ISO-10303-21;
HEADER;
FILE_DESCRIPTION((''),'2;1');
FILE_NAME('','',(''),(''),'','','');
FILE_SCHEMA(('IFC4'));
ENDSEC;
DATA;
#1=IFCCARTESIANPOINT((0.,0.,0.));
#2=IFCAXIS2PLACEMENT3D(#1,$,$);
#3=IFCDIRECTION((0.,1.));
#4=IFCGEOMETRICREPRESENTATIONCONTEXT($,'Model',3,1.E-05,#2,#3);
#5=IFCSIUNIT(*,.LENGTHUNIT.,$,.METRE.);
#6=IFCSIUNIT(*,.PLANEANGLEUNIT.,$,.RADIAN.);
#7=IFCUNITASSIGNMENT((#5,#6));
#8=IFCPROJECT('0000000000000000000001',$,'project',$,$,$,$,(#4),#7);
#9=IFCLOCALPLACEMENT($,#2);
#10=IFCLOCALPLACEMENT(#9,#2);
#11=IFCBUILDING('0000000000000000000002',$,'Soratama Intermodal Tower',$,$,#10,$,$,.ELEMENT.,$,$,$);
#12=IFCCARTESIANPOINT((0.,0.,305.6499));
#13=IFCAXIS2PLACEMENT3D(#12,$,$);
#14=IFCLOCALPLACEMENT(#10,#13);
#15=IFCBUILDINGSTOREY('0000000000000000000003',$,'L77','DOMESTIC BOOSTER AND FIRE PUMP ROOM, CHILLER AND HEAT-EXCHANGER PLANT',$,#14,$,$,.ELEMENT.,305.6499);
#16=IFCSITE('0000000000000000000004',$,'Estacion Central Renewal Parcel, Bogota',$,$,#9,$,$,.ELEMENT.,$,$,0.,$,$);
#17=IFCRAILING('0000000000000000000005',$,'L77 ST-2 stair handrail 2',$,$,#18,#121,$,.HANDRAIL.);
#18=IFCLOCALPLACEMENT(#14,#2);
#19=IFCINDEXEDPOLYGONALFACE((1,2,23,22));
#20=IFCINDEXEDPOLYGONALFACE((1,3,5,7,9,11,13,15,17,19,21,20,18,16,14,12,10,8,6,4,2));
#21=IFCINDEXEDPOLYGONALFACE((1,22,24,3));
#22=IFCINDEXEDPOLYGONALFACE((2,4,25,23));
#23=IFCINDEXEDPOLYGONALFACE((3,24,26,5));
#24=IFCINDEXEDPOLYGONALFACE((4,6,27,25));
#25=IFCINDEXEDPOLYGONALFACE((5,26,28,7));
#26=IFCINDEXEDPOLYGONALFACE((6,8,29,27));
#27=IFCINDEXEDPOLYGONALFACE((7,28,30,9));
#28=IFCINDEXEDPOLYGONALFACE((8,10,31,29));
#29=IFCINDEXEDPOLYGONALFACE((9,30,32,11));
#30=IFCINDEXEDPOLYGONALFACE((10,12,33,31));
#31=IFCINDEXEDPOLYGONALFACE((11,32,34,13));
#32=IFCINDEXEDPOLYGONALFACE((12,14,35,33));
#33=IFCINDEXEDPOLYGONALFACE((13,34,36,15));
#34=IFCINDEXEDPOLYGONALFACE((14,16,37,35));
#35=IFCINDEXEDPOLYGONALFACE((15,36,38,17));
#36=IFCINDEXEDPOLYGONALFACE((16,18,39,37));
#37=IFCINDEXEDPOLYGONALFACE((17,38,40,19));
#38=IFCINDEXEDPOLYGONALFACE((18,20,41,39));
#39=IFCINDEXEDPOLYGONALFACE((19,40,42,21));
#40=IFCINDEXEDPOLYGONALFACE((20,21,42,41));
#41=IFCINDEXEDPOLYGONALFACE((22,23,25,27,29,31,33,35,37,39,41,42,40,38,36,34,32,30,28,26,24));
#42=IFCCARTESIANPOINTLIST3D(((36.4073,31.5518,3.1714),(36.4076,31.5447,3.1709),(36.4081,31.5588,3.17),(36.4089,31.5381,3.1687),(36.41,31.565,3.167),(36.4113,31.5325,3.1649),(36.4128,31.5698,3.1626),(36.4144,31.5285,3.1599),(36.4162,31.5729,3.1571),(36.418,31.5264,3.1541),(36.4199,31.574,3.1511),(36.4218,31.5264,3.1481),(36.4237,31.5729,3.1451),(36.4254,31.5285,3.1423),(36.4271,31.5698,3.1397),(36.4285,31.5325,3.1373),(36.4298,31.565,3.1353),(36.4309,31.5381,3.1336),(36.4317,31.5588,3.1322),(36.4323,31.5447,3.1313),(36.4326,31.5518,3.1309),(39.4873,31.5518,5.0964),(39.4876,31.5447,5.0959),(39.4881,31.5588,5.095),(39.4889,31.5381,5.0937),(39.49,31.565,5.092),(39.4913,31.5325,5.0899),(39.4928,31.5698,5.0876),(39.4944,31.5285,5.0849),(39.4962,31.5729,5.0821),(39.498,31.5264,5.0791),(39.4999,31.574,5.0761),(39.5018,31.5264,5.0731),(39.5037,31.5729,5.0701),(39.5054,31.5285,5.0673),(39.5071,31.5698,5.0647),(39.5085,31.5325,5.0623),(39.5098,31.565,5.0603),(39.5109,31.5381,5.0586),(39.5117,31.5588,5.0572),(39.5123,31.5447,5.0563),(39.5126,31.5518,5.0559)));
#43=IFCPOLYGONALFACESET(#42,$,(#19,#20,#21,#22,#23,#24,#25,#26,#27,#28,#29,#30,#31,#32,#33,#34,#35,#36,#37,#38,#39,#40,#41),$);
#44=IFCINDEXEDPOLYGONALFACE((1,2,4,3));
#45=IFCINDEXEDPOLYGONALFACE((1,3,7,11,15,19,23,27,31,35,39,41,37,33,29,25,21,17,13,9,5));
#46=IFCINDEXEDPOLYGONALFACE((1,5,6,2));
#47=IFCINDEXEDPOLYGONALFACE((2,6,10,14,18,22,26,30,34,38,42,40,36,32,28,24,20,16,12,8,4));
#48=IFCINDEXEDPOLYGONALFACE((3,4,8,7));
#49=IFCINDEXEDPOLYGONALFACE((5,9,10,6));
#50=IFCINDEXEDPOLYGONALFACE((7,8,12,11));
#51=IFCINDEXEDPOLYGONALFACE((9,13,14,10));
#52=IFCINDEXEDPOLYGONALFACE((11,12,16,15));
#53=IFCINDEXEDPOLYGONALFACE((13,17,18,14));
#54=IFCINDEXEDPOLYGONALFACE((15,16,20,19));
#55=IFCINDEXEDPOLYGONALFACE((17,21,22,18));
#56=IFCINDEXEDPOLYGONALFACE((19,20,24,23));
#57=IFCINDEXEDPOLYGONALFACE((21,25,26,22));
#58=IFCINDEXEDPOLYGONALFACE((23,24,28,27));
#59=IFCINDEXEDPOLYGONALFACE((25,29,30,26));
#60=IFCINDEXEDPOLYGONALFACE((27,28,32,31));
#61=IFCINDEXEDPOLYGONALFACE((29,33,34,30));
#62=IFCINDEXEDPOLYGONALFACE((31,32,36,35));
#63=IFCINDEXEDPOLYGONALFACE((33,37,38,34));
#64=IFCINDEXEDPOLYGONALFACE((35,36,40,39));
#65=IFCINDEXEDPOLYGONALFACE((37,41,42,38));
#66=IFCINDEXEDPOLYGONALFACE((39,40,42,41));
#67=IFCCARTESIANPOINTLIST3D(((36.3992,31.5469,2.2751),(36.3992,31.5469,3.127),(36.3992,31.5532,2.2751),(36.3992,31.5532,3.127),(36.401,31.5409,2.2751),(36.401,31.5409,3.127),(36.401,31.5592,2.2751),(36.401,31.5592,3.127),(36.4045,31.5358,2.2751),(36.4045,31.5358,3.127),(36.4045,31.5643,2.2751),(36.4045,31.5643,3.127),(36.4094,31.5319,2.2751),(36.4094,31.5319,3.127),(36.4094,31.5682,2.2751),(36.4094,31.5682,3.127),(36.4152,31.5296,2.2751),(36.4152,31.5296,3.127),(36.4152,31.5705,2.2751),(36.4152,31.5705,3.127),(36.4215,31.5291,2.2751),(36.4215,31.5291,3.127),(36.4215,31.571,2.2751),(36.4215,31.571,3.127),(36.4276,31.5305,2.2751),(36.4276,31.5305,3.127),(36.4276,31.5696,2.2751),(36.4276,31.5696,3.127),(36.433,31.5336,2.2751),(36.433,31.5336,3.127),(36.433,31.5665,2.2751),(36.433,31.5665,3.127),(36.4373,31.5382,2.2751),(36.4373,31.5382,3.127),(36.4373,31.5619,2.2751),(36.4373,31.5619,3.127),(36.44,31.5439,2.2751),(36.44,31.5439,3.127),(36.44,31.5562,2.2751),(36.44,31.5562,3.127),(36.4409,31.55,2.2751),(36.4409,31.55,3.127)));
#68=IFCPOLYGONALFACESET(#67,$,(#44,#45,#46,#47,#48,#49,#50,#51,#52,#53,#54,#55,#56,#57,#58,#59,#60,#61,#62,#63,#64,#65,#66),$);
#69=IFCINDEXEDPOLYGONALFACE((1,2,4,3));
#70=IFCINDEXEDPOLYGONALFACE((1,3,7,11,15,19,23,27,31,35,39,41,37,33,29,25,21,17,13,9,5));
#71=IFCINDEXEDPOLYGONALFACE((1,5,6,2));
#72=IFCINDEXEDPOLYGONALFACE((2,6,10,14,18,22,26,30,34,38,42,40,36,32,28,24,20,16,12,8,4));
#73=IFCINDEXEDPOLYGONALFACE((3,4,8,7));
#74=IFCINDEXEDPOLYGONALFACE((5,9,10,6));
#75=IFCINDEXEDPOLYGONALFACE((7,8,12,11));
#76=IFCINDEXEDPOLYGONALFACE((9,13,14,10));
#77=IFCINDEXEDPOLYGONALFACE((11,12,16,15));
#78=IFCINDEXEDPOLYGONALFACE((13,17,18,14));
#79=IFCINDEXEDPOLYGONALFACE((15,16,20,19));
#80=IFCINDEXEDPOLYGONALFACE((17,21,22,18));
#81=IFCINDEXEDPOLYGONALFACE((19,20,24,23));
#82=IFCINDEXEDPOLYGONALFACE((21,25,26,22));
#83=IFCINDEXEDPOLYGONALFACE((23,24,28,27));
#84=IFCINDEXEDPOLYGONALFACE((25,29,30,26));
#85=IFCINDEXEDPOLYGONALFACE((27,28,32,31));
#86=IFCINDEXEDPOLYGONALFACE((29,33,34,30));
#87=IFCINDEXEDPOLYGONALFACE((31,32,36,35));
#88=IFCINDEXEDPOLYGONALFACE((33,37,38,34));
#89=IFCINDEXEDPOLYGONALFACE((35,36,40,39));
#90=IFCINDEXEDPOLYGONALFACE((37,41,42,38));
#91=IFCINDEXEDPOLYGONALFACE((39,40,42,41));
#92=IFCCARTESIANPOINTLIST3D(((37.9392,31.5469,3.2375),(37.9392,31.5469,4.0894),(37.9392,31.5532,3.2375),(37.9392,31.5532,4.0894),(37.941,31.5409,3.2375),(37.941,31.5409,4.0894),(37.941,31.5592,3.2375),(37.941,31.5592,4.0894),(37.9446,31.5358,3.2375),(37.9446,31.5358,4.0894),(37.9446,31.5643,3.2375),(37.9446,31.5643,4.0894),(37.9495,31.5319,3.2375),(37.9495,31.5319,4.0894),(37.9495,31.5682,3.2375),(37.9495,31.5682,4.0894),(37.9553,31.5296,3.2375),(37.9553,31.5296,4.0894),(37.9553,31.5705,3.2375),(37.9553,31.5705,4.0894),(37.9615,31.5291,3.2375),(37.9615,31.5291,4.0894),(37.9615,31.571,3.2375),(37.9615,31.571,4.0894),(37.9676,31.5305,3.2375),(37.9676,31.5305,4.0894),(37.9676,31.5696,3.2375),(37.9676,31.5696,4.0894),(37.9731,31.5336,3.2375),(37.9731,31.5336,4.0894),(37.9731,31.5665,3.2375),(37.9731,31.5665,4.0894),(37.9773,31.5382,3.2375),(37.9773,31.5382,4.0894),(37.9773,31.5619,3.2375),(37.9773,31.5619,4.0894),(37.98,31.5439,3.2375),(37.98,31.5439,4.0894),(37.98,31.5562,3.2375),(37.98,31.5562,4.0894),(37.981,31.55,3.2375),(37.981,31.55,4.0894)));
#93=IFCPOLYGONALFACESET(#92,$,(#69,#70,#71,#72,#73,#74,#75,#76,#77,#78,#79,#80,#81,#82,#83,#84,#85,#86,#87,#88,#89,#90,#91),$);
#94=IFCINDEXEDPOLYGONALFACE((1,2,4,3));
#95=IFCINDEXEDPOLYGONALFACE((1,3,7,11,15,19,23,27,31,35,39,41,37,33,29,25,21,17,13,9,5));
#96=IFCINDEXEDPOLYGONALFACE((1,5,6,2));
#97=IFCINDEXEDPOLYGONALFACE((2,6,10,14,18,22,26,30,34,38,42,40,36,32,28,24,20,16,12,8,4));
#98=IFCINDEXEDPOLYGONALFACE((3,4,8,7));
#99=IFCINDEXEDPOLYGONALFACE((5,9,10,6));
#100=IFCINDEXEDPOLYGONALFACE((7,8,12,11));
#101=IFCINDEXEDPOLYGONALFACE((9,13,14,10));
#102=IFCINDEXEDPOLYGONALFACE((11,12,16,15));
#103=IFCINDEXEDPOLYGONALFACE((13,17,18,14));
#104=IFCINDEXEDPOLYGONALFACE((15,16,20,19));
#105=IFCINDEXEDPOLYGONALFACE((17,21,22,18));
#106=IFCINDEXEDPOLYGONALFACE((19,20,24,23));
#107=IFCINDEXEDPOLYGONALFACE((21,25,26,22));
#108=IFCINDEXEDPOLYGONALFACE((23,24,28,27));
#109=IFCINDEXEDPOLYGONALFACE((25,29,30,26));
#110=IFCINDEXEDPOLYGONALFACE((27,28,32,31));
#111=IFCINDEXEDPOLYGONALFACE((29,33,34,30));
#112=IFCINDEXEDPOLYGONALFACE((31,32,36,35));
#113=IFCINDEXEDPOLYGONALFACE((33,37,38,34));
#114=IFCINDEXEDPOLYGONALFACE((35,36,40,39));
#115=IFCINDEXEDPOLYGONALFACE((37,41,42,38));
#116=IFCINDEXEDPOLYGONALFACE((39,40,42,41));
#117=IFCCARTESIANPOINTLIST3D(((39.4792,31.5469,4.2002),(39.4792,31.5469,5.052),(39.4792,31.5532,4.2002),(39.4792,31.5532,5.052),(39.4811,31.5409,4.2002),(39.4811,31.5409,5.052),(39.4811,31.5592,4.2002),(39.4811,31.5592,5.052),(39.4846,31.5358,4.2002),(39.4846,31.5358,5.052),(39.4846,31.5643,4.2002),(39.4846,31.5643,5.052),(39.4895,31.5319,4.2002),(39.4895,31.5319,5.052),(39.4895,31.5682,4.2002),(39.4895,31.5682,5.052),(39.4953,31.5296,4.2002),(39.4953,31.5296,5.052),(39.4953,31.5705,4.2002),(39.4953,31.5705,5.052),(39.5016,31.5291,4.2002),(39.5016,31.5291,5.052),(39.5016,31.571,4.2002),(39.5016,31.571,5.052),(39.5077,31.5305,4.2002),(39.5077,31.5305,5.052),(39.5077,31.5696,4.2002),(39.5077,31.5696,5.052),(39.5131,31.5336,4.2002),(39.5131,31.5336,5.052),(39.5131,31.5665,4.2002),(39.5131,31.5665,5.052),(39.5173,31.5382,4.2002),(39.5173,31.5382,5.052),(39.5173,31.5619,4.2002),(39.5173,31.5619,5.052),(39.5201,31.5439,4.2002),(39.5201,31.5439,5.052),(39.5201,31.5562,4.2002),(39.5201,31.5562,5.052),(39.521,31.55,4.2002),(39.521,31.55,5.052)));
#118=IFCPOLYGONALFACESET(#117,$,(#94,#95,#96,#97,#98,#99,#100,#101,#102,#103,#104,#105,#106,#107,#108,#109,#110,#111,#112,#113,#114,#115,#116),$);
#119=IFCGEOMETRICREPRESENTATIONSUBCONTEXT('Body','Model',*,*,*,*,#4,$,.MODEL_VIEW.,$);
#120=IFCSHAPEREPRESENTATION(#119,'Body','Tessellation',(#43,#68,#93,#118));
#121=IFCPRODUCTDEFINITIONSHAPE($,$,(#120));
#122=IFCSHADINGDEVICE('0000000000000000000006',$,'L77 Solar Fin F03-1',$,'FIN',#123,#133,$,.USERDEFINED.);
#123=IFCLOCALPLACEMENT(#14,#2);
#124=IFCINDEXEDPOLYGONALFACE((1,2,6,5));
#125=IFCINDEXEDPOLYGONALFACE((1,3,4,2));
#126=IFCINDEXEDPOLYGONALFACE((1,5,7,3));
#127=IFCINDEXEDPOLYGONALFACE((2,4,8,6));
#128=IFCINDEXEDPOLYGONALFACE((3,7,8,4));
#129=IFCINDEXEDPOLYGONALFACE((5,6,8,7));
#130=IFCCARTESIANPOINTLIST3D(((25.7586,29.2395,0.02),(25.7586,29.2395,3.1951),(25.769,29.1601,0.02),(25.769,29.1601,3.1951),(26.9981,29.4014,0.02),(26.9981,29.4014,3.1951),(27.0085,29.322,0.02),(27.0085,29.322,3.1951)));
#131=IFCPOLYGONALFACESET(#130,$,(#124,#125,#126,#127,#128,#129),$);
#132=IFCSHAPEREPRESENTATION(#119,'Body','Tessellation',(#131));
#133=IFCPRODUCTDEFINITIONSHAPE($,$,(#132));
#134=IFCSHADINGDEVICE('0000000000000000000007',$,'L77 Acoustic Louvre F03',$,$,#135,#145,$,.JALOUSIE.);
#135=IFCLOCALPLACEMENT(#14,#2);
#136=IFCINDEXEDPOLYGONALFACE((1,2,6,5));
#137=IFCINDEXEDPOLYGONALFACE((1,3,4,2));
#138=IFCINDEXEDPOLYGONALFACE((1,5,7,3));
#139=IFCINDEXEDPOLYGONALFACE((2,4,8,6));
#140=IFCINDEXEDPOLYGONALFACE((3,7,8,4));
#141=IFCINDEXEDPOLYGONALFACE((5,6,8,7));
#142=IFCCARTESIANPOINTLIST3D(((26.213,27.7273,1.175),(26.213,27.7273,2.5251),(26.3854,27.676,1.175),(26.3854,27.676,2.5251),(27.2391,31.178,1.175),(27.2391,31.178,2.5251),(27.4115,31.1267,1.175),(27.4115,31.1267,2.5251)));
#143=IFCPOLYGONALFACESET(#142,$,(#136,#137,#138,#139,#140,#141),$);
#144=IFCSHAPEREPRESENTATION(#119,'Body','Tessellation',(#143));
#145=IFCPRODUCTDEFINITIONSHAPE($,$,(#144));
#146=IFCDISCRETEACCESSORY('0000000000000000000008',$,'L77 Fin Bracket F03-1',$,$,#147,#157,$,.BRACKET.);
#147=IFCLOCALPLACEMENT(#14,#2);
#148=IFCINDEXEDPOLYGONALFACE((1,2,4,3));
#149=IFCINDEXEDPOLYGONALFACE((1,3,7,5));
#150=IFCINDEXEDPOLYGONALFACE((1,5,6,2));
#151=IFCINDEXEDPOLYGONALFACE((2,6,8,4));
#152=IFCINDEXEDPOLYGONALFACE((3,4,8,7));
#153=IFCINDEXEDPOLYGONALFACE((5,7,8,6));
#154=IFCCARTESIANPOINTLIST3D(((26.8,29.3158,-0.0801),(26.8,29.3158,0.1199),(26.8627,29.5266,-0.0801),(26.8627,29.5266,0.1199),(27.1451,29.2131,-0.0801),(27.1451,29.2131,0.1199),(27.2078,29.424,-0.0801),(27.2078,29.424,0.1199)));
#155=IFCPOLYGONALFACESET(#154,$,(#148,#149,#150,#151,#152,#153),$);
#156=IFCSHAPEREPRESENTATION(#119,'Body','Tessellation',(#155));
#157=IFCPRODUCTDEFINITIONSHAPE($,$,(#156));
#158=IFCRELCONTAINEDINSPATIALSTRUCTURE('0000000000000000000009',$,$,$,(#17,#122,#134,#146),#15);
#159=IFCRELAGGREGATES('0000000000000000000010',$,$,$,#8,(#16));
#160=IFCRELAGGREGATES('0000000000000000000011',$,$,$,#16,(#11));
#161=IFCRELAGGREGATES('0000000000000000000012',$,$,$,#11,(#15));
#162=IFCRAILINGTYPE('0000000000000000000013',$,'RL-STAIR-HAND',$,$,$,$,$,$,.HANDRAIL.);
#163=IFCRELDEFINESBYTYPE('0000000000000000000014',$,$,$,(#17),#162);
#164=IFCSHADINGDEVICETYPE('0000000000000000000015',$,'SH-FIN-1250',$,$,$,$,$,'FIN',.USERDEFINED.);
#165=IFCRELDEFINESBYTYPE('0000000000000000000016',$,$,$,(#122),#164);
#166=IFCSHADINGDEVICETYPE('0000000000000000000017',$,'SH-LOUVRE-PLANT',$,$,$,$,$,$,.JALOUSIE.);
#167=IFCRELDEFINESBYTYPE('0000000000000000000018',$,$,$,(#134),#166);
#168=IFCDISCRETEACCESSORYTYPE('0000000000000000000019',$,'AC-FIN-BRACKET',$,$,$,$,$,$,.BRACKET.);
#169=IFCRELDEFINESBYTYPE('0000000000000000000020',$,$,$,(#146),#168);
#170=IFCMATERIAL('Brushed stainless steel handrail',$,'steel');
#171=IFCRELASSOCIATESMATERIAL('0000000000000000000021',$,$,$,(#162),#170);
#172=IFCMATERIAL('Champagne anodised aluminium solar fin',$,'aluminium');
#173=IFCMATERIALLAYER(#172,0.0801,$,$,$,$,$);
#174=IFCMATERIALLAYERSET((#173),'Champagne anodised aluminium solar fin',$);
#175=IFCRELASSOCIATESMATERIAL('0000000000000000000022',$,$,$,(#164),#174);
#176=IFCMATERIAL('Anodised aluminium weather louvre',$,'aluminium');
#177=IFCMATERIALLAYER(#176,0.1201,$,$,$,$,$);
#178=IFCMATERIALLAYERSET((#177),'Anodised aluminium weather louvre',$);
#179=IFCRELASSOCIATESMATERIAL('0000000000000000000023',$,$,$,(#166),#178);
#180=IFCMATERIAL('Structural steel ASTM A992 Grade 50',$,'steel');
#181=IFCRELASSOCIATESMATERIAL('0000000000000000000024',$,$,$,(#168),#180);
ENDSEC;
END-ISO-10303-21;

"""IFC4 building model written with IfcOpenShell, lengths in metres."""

from ifc_helpers import new_model, si_unit, direction, frame, origin, origin_2d, place, context, subcontext, project, spatial, rectangle, circle, extrude, material, layer, layer_set, type_object, element, save


model = new_model("IFC4")

# Units and contexts
model_context = context("Model", 3, precision=1e-05, world=origin(), true_north=direction((0.0, 1.0)))
body_context = subcontext(model_context, "Body", "Model", "MODEL_VIEW")
ifc_project = project(units=[si_unit("LENGTHUNIT", "METRE"), si_unit("PLANEANGLEUNIT", "RADIAN")], contexts=[model_context])

# Site, building, storey
site_placement = place(None, origin())
site = spatial("IfcSite", under=ifc_project, at=site_placement, Name="Estacion Central Renewal Parcel, Bogota", CompositionType="ELEMENT", RefElevation=0.0)
building_placement = place(site_placement, origin())
building = spatial("IfcBuilding", under=site, at=building_placement, Name="Soratama Intermodal Tower", CompositionType="ELEMENT")
storey_placement = place(building_placement, frame((0.0, 0.0, 305.6499)))
storey = spatial("IfcBuildingStorey", under=building, at=storey_placement, Name="L77", Description="DOMESTIC BOOSTER AND FIRE PUMP ROOM, CHILLER AND HEAT-EXCHANGER PLANT", CompositionType="ELEMENT", Elevation=305.6499)

# Railing
ifc_material_1 = material(Name="Brushed stainless steel handrail", Category="steel")
railing_type_1 = type_object("IfcRailingType", Name="RL-STAIR-HAND", PredefinedType="HANDRAIL", material=ifc_material_1)
railing_1_placement = place(storey_placement, frame((36.4199, 31.55, 2.2751)))
element("IfcRailing", 1, at=railing_1_placement, inside=storey, type_object=railing_type_1, Name="L77 ST-2 stair handrail 2", PredefinedType="HANDRAIL", context=body_context, shape_type="SweptSolid", body=[
    extrude(circle(Radius=0.0239, at=origin_2d()), frame((0.0, 0.0, 0.876), z_axis=(0.847998, 0.0, 0.529999), x_axis=(0.0, 1.0, 0.0)), (0.0, 0.0, 1.0), 3.6321),
    extrude(circle(Radius=0.021, at=origin_2d()), origin(), (0.0, 0.0, 1.0), 0.8518),
    extrude(circle(Radius=0.021, at=origin_2d()), frame((1.54, 0.0, 0.9624)), (0.0, 0.0, 1.0), 0.8518),
    extrude(circle(Radius=0.021, at=origin_2d()), frame((3.0801, 0.0, 1.925)), (0.0, 0.0, 1.0), 0.8518),
])

# Shading devices
ifc_material_2 = material(Name="Champagne anodised aluminium solar fin", Category="aluminium")
ifc_layer_1 = layer(ifc_material_2, 0.0801)
ifc_layer_set_1 = layer_set([ifc_layer_1], Name="Champagne anodised aluminium solar fin")
shading_device_type_1 = type_object("IfcShadingDeviceType", Name="SH-FIN-1250", ElementType="FIN", PredefinedType="USERDEFINED", material=ifc_layer_set_1)
shading_device_1_placement = place(storey_placement, frame((26.3835, 29.2808, 0.02), z_axis=(0.0, 0.0, 1.0), x_axis=(-0.991581, -0.129488, 0.0)))
element("IfcShadingDevice", 2, at=shading_device_1_placement, inside=storey, type_object=shading_device_type_1, Name="L77 Solar Fin F03-1", ObjectType="FIN", PredefinedType="USERDEFINED", context=body_context, shape_type="SweptSolid", body=[
    extrude(rectangle(XDim=1.25, YDim=0.0801, at=origin_2d()), origin(), (0.0, 0.0, 1.0), 3.175),
])
ifc_material_3 = material(Name="Anodised aluminium weather louvre", Category="aluminium")
ifc_layer_2 = layer(ifc_material_3, 0.1201)
ifc_layer_set_2 = layer_set([ifc_layer_2], Name="Anodised aluminium weather louvre")
shading_device_type_2 = type_object("IfcShadingDeviceType", Name="SH-LOUVRE-PLANT", PredefinedType="JALOUSIE", material=ifc_layer_set_2)
shading_device_2_placement = place(storey_placement, frame((26.8123, 29.427, 1.175), z_axis=(0.0, 0.0, 1.0), x_axis=(-0.285019, -0.958522, 0.0)))
element("IfcShadingDevice", 3, at=shading_device_2_placement, inside=storey, type_object=shading_device_type_2, Name="L77 Acoustic Louvre F03", PredefinedType="JALOUSIE", context=body_context, shape_type="SweptSolid", body=[
    extrude(rectangle(XDim=3.6001, YDim=0.1799, at=origin_2d()), origin(), (0.0, 0.0, 1.0), 1.3501),
])

# Discrete accessory
ifc_material_4 = material(Name="Structural steel ASTM A992 Grade 50", Category="steel")
discrete_accessory_type = type_object("IfcDiscreteAccessoryType", Name="AC-FIN-BRACKET", PredefinedType="BRACKET", material=ifc_material_4)
discrete_accessory_placement = place(storey_placement, frame((27.0039, 29.3699, -0.0801), z_axis=(0.0, 0.0, 1.0), x_axis=(-0.958522, 0.285019, 0.0)))
element("IfcDiscreteAccessory", 4, at=discrete_accessory_placement, inside=storey, type_object=discrete_accessory_type, Name="L77 Fin Bracket F03-1", PredefinedType="BRACKET", context=body_context, shape_type="SweptSolid", body=[
    extrude(rectangle(XDim=0.3601, YDim=0.22, at=origin_2d()), origin(), (0.0, 0.0, 1.0), 0.2),
])

save(model, "model.ifc")
